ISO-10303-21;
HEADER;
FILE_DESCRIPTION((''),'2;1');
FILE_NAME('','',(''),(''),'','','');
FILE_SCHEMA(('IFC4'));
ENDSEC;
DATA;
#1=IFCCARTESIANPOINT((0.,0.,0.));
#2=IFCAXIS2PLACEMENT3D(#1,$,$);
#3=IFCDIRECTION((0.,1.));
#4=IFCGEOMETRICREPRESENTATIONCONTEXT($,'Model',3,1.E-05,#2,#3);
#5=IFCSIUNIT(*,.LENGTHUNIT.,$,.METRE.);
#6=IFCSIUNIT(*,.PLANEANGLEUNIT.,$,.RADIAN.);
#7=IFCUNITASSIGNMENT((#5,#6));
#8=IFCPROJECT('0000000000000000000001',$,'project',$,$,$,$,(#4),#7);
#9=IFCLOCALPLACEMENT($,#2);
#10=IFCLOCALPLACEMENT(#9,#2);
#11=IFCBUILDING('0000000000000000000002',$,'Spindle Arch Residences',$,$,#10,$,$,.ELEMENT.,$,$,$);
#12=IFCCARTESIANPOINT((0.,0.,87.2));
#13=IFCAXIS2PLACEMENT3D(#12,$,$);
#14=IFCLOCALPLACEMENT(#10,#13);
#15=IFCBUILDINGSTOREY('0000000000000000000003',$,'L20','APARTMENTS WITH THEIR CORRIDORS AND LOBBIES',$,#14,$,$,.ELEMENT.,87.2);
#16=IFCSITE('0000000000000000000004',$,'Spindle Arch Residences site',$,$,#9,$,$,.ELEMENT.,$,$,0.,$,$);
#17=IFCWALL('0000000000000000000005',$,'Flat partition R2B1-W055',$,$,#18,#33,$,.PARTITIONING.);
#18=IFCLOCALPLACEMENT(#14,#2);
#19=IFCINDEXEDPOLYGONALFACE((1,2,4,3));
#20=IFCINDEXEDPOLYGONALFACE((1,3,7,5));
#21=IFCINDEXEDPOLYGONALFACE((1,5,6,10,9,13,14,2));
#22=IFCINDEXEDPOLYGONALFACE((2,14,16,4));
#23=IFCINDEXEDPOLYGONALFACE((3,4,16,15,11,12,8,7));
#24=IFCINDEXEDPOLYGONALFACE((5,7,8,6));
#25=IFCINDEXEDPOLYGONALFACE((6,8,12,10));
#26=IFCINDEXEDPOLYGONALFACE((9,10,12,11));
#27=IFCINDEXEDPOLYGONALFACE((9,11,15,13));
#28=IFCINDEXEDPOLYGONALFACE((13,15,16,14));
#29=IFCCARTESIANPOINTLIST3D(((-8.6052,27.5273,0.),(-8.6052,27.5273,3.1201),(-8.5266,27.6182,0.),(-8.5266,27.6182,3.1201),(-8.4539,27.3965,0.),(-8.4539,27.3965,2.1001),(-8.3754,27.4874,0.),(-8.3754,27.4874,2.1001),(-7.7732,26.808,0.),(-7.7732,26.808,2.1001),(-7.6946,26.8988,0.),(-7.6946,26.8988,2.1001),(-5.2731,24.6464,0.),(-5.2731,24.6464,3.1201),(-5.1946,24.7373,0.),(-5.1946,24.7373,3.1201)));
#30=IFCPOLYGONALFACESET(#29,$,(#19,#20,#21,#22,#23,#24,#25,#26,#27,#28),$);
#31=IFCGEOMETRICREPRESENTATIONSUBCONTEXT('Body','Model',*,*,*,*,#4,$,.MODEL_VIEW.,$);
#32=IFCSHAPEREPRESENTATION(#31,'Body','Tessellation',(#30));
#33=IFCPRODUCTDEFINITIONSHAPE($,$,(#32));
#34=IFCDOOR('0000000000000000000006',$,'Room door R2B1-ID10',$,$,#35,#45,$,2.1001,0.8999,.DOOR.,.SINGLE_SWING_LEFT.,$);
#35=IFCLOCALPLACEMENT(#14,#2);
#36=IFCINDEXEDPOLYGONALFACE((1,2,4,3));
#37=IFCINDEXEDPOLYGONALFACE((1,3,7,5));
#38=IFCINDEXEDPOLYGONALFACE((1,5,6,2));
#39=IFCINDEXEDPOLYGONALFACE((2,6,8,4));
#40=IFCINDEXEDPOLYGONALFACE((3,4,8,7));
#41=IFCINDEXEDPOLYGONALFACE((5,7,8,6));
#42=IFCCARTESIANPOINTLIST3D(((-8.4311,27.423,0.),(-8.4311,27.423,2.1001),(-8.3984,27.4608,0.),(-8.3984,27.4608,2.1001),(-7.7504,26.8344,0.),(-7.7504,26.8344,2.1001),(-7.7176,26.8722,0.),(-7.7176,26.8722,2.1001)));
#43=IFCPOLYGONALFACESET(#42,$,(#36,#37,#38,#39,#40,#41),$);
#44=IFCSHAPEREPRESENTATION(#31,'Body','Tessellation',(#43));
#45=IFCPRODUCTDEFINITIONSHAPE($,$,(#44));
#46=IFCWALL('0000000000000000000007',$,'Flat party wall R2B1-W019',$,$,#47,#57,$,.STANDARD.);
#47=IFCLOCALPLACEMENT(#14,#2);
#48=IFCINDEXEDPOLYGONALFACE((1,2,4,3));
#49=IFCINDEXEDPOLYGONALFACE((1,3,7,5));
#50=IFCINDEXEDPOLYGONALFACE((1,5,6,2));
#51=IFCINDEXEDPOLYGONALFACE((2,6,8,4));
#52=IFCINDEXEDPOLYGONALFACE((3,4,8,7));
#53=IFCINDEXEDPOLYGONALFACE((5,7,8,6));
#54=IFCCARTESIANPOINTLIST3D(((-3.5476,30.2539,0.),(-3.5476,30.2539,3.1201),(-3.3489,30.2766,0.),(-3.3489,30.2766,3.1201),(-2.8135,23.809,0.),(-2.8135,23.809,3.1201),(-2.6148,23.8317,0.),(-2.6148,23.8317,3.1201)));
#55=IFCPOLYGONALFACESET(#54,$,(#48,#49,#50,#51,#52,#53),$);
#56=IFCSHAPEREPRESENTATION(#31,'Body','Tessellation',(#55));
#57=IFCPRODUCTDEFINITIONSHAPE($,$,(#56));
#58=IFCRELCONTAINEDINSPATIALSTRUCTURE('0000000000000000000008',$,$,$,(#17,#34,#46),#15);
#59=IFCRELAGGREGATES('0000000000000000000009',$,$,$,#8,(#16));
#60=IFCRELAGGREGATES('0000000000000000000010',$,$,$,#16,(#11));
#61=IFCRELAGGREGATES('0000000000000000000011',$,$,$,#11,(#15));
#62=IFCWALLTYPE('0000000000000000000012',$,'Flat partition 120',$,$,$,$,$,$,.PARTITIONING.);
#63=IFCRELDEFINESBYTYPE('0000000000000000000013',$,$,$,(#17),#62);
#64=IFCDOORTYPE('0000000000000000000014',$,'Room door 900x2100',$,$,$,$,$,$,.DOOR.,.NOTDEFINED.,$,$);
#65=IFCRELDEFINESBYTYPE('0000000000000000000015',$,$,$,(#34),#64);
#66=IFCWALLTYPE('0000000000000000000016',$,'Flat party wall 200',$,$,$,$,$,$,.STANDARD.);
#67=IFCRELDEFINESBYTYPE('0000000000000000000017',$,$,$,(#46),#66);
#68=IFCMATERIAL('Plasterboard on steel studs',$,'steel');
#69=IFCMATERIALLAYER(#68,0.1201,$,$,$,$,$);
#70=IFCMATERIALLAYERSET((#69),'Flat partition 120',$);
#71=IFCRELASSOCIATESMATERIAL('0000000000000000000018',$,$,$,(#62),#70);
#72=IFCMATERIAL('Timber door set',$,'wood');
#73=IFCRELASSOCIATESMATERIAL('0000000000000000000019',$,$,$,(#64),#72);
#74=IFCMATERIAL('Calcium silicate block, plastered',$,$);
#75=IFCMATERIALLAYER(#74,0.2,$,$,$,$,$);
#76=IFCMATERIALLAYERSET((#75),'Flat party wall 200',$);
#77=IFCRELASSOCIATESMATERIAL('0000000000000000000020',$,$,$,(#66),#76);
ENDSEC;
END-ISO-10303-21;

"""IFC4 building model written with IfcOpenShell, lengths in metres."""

from ifc_helpers import new_model, si_unit, direction, frame, frame_2d, origin, place, context, subcontext, project, spatial, rectangle, extrude, material, layer, layer_set, type_object, element, fill, save


model = new_model("IFC4")

# Units and contexts
model_context = context("Model", 3, precision=1e-05, world=origin(), true_north=direction((0.0, 1.0)))
body_context = subcontext(model_context, "Body", "Model", "MODEL_VIEW")
ifc_project = project(units=[si_unit("LENGTHUNIT", "METRE"), si_unit("PLANEANGLEUNIT", "RADIAN")], contexts=[model_context])

# Site, building, storey
site_placement = place(None, origin())
site = spatial("IfcSite", under=ifc_project, at=site_placement, Name="Spindle Arch Residences site", CompositionType="ELEMENT", RefElevation=0.0)
building_placement = place(site_placement, origin())
building = spatial("IfcBuilding", under=site, at=building_placement, Name="Spindle Arch Residences", CompositionType="ELEMENT")
storey_placement = place(building_placement, frame((0.0, 0.0, 87.2)))
storey = spatial("IfcBuildingStorey", under=building, at=storey_placement, Name="L20", Description="APARTMENTS WITH THEIR CORRIDORS AND LOBBIES", CompositionType="ELEMENT", Elevation=87.2)

# Shared definitions
ifc_material_1 = material(Name="Plasterboard on steel studs", Category="steel")
ifc_layer_1 = layer(ifc_material_1, 0.1201)
ifc_layer_set_1 = layer_set([ifc_layer_1], Name="Flat partition 120")
wall_type_1 = type_object("IfcWallType", Name="Flat partition 120", PredefinedType="PARTITIONING", material=ifc_layer_set_1)

# Wall, opening, door
wall_1_placement = place(storey_placement, frame((-8.5659, 27.5728, 0.0), z_axis=(0.0, 0.0, 1.0), x_axis=(0.756464, -0.654035, 0.0)))
wall_1 = element("IfcWall", 1, at=wall_1_placement, inside=storey, type_object=wall_type_1, Name="Flat partition R2B1-W055", PredefinedType="PARTITIONING", context=body_context, shape_type="SweptSolid", body=[
    extrude(rectangle(XDim=4.4048, YDim=0.1201, at=frame_2d((2.2024, 0.0))), origin(), (0.0, 0.0, 1.0), 3.1201),
])
opening_placement = place(wall_1_placement, frame((0.2, 0.0, 0.0)))
opening = element("IfcOpeningElement", 2, at=opening_placement, cuts=wall_1, PredefinedType="OPENING", context=body_context, shape_type="SweptSolid", body=[
    extrude(rectangle(XDim=0.8999, YDim=2.1001, at=frame_2d((0.45, 1.05))), frame((0.0, 0.0701, 0.0), z_axis=(0.0, -1.0, 0.0), x_axis=(1.0, 0.0, 0.0)), (0.0, 0.0, 1.0), 0.1401),
])
ifc_material_2 = material(Name="Timber door set", Category="wood")
door_type = type_object("IfcDoorType", Name="Room door 900x2100", OperationType="NOTDEFINED", PredefinedType="DOOR", material=ifc_material_2)
door_placement = place(opening_placement, origin())
door = element("IfcDoor", 3, at=door_placement, inside=storey, type_object=door_type, Name="Room door R2B1-ID10", OperationType="SINGLE_SWING_LEFT", OverallHeight=2.1001, OverallWidth=0.8999, PredefinedType="DOOR", context=body_context, shape_type="SweptSolid", body=[
    extrude(rectangle(XDim=0.8999, YDim=2.1001, at=frame_2d((0.45, 1.05))), frame((0.0, 0.0249, 0.0), z_axis=(0.0, -1.0, 0.0), x_axis=(1.0, 0.0, 0.0)), (0.0, 0.0, 1.0), 0.05),
])
fill(opening, door)

# Wall
ifc_material_3 = material(Name="Calcium silicate block, plastered")
ifc_layer_2 = layer(ifc_material_3, 0.2)
ifc_layer_set_2 = layer_set([ifc_layer_2], Name="Flat party wall 200")
wall_type_2 = type_object("IfcWallType", Name="Flat party wall 200", PredefinedType="STANDARD", material=ifc_layer_set_2)
wall_2_placement = place(storey_placement, frame((-3.4482, 30.2651, 0.0), z_axis=(0.0, 0.0, 1.0), x_axis=(0.113178, -0.993575, 0.0)))
element("IfcWall", 4, at=wall_2_placement, inside=storey, type_object=wall_type_2, Name="Flat party wall R2B1-W019", PredefinedType="STANDARD", context=body_context, shape_type="SweptSolid", body=[
    extrude(rectangle(XDim=6.4866, YDim=0.2, at=frame_2d((3.2432, 0.0))), origin(), (0.0, 0.0, 1.0), 3.1201),
])

save(model, "model.ifc")
